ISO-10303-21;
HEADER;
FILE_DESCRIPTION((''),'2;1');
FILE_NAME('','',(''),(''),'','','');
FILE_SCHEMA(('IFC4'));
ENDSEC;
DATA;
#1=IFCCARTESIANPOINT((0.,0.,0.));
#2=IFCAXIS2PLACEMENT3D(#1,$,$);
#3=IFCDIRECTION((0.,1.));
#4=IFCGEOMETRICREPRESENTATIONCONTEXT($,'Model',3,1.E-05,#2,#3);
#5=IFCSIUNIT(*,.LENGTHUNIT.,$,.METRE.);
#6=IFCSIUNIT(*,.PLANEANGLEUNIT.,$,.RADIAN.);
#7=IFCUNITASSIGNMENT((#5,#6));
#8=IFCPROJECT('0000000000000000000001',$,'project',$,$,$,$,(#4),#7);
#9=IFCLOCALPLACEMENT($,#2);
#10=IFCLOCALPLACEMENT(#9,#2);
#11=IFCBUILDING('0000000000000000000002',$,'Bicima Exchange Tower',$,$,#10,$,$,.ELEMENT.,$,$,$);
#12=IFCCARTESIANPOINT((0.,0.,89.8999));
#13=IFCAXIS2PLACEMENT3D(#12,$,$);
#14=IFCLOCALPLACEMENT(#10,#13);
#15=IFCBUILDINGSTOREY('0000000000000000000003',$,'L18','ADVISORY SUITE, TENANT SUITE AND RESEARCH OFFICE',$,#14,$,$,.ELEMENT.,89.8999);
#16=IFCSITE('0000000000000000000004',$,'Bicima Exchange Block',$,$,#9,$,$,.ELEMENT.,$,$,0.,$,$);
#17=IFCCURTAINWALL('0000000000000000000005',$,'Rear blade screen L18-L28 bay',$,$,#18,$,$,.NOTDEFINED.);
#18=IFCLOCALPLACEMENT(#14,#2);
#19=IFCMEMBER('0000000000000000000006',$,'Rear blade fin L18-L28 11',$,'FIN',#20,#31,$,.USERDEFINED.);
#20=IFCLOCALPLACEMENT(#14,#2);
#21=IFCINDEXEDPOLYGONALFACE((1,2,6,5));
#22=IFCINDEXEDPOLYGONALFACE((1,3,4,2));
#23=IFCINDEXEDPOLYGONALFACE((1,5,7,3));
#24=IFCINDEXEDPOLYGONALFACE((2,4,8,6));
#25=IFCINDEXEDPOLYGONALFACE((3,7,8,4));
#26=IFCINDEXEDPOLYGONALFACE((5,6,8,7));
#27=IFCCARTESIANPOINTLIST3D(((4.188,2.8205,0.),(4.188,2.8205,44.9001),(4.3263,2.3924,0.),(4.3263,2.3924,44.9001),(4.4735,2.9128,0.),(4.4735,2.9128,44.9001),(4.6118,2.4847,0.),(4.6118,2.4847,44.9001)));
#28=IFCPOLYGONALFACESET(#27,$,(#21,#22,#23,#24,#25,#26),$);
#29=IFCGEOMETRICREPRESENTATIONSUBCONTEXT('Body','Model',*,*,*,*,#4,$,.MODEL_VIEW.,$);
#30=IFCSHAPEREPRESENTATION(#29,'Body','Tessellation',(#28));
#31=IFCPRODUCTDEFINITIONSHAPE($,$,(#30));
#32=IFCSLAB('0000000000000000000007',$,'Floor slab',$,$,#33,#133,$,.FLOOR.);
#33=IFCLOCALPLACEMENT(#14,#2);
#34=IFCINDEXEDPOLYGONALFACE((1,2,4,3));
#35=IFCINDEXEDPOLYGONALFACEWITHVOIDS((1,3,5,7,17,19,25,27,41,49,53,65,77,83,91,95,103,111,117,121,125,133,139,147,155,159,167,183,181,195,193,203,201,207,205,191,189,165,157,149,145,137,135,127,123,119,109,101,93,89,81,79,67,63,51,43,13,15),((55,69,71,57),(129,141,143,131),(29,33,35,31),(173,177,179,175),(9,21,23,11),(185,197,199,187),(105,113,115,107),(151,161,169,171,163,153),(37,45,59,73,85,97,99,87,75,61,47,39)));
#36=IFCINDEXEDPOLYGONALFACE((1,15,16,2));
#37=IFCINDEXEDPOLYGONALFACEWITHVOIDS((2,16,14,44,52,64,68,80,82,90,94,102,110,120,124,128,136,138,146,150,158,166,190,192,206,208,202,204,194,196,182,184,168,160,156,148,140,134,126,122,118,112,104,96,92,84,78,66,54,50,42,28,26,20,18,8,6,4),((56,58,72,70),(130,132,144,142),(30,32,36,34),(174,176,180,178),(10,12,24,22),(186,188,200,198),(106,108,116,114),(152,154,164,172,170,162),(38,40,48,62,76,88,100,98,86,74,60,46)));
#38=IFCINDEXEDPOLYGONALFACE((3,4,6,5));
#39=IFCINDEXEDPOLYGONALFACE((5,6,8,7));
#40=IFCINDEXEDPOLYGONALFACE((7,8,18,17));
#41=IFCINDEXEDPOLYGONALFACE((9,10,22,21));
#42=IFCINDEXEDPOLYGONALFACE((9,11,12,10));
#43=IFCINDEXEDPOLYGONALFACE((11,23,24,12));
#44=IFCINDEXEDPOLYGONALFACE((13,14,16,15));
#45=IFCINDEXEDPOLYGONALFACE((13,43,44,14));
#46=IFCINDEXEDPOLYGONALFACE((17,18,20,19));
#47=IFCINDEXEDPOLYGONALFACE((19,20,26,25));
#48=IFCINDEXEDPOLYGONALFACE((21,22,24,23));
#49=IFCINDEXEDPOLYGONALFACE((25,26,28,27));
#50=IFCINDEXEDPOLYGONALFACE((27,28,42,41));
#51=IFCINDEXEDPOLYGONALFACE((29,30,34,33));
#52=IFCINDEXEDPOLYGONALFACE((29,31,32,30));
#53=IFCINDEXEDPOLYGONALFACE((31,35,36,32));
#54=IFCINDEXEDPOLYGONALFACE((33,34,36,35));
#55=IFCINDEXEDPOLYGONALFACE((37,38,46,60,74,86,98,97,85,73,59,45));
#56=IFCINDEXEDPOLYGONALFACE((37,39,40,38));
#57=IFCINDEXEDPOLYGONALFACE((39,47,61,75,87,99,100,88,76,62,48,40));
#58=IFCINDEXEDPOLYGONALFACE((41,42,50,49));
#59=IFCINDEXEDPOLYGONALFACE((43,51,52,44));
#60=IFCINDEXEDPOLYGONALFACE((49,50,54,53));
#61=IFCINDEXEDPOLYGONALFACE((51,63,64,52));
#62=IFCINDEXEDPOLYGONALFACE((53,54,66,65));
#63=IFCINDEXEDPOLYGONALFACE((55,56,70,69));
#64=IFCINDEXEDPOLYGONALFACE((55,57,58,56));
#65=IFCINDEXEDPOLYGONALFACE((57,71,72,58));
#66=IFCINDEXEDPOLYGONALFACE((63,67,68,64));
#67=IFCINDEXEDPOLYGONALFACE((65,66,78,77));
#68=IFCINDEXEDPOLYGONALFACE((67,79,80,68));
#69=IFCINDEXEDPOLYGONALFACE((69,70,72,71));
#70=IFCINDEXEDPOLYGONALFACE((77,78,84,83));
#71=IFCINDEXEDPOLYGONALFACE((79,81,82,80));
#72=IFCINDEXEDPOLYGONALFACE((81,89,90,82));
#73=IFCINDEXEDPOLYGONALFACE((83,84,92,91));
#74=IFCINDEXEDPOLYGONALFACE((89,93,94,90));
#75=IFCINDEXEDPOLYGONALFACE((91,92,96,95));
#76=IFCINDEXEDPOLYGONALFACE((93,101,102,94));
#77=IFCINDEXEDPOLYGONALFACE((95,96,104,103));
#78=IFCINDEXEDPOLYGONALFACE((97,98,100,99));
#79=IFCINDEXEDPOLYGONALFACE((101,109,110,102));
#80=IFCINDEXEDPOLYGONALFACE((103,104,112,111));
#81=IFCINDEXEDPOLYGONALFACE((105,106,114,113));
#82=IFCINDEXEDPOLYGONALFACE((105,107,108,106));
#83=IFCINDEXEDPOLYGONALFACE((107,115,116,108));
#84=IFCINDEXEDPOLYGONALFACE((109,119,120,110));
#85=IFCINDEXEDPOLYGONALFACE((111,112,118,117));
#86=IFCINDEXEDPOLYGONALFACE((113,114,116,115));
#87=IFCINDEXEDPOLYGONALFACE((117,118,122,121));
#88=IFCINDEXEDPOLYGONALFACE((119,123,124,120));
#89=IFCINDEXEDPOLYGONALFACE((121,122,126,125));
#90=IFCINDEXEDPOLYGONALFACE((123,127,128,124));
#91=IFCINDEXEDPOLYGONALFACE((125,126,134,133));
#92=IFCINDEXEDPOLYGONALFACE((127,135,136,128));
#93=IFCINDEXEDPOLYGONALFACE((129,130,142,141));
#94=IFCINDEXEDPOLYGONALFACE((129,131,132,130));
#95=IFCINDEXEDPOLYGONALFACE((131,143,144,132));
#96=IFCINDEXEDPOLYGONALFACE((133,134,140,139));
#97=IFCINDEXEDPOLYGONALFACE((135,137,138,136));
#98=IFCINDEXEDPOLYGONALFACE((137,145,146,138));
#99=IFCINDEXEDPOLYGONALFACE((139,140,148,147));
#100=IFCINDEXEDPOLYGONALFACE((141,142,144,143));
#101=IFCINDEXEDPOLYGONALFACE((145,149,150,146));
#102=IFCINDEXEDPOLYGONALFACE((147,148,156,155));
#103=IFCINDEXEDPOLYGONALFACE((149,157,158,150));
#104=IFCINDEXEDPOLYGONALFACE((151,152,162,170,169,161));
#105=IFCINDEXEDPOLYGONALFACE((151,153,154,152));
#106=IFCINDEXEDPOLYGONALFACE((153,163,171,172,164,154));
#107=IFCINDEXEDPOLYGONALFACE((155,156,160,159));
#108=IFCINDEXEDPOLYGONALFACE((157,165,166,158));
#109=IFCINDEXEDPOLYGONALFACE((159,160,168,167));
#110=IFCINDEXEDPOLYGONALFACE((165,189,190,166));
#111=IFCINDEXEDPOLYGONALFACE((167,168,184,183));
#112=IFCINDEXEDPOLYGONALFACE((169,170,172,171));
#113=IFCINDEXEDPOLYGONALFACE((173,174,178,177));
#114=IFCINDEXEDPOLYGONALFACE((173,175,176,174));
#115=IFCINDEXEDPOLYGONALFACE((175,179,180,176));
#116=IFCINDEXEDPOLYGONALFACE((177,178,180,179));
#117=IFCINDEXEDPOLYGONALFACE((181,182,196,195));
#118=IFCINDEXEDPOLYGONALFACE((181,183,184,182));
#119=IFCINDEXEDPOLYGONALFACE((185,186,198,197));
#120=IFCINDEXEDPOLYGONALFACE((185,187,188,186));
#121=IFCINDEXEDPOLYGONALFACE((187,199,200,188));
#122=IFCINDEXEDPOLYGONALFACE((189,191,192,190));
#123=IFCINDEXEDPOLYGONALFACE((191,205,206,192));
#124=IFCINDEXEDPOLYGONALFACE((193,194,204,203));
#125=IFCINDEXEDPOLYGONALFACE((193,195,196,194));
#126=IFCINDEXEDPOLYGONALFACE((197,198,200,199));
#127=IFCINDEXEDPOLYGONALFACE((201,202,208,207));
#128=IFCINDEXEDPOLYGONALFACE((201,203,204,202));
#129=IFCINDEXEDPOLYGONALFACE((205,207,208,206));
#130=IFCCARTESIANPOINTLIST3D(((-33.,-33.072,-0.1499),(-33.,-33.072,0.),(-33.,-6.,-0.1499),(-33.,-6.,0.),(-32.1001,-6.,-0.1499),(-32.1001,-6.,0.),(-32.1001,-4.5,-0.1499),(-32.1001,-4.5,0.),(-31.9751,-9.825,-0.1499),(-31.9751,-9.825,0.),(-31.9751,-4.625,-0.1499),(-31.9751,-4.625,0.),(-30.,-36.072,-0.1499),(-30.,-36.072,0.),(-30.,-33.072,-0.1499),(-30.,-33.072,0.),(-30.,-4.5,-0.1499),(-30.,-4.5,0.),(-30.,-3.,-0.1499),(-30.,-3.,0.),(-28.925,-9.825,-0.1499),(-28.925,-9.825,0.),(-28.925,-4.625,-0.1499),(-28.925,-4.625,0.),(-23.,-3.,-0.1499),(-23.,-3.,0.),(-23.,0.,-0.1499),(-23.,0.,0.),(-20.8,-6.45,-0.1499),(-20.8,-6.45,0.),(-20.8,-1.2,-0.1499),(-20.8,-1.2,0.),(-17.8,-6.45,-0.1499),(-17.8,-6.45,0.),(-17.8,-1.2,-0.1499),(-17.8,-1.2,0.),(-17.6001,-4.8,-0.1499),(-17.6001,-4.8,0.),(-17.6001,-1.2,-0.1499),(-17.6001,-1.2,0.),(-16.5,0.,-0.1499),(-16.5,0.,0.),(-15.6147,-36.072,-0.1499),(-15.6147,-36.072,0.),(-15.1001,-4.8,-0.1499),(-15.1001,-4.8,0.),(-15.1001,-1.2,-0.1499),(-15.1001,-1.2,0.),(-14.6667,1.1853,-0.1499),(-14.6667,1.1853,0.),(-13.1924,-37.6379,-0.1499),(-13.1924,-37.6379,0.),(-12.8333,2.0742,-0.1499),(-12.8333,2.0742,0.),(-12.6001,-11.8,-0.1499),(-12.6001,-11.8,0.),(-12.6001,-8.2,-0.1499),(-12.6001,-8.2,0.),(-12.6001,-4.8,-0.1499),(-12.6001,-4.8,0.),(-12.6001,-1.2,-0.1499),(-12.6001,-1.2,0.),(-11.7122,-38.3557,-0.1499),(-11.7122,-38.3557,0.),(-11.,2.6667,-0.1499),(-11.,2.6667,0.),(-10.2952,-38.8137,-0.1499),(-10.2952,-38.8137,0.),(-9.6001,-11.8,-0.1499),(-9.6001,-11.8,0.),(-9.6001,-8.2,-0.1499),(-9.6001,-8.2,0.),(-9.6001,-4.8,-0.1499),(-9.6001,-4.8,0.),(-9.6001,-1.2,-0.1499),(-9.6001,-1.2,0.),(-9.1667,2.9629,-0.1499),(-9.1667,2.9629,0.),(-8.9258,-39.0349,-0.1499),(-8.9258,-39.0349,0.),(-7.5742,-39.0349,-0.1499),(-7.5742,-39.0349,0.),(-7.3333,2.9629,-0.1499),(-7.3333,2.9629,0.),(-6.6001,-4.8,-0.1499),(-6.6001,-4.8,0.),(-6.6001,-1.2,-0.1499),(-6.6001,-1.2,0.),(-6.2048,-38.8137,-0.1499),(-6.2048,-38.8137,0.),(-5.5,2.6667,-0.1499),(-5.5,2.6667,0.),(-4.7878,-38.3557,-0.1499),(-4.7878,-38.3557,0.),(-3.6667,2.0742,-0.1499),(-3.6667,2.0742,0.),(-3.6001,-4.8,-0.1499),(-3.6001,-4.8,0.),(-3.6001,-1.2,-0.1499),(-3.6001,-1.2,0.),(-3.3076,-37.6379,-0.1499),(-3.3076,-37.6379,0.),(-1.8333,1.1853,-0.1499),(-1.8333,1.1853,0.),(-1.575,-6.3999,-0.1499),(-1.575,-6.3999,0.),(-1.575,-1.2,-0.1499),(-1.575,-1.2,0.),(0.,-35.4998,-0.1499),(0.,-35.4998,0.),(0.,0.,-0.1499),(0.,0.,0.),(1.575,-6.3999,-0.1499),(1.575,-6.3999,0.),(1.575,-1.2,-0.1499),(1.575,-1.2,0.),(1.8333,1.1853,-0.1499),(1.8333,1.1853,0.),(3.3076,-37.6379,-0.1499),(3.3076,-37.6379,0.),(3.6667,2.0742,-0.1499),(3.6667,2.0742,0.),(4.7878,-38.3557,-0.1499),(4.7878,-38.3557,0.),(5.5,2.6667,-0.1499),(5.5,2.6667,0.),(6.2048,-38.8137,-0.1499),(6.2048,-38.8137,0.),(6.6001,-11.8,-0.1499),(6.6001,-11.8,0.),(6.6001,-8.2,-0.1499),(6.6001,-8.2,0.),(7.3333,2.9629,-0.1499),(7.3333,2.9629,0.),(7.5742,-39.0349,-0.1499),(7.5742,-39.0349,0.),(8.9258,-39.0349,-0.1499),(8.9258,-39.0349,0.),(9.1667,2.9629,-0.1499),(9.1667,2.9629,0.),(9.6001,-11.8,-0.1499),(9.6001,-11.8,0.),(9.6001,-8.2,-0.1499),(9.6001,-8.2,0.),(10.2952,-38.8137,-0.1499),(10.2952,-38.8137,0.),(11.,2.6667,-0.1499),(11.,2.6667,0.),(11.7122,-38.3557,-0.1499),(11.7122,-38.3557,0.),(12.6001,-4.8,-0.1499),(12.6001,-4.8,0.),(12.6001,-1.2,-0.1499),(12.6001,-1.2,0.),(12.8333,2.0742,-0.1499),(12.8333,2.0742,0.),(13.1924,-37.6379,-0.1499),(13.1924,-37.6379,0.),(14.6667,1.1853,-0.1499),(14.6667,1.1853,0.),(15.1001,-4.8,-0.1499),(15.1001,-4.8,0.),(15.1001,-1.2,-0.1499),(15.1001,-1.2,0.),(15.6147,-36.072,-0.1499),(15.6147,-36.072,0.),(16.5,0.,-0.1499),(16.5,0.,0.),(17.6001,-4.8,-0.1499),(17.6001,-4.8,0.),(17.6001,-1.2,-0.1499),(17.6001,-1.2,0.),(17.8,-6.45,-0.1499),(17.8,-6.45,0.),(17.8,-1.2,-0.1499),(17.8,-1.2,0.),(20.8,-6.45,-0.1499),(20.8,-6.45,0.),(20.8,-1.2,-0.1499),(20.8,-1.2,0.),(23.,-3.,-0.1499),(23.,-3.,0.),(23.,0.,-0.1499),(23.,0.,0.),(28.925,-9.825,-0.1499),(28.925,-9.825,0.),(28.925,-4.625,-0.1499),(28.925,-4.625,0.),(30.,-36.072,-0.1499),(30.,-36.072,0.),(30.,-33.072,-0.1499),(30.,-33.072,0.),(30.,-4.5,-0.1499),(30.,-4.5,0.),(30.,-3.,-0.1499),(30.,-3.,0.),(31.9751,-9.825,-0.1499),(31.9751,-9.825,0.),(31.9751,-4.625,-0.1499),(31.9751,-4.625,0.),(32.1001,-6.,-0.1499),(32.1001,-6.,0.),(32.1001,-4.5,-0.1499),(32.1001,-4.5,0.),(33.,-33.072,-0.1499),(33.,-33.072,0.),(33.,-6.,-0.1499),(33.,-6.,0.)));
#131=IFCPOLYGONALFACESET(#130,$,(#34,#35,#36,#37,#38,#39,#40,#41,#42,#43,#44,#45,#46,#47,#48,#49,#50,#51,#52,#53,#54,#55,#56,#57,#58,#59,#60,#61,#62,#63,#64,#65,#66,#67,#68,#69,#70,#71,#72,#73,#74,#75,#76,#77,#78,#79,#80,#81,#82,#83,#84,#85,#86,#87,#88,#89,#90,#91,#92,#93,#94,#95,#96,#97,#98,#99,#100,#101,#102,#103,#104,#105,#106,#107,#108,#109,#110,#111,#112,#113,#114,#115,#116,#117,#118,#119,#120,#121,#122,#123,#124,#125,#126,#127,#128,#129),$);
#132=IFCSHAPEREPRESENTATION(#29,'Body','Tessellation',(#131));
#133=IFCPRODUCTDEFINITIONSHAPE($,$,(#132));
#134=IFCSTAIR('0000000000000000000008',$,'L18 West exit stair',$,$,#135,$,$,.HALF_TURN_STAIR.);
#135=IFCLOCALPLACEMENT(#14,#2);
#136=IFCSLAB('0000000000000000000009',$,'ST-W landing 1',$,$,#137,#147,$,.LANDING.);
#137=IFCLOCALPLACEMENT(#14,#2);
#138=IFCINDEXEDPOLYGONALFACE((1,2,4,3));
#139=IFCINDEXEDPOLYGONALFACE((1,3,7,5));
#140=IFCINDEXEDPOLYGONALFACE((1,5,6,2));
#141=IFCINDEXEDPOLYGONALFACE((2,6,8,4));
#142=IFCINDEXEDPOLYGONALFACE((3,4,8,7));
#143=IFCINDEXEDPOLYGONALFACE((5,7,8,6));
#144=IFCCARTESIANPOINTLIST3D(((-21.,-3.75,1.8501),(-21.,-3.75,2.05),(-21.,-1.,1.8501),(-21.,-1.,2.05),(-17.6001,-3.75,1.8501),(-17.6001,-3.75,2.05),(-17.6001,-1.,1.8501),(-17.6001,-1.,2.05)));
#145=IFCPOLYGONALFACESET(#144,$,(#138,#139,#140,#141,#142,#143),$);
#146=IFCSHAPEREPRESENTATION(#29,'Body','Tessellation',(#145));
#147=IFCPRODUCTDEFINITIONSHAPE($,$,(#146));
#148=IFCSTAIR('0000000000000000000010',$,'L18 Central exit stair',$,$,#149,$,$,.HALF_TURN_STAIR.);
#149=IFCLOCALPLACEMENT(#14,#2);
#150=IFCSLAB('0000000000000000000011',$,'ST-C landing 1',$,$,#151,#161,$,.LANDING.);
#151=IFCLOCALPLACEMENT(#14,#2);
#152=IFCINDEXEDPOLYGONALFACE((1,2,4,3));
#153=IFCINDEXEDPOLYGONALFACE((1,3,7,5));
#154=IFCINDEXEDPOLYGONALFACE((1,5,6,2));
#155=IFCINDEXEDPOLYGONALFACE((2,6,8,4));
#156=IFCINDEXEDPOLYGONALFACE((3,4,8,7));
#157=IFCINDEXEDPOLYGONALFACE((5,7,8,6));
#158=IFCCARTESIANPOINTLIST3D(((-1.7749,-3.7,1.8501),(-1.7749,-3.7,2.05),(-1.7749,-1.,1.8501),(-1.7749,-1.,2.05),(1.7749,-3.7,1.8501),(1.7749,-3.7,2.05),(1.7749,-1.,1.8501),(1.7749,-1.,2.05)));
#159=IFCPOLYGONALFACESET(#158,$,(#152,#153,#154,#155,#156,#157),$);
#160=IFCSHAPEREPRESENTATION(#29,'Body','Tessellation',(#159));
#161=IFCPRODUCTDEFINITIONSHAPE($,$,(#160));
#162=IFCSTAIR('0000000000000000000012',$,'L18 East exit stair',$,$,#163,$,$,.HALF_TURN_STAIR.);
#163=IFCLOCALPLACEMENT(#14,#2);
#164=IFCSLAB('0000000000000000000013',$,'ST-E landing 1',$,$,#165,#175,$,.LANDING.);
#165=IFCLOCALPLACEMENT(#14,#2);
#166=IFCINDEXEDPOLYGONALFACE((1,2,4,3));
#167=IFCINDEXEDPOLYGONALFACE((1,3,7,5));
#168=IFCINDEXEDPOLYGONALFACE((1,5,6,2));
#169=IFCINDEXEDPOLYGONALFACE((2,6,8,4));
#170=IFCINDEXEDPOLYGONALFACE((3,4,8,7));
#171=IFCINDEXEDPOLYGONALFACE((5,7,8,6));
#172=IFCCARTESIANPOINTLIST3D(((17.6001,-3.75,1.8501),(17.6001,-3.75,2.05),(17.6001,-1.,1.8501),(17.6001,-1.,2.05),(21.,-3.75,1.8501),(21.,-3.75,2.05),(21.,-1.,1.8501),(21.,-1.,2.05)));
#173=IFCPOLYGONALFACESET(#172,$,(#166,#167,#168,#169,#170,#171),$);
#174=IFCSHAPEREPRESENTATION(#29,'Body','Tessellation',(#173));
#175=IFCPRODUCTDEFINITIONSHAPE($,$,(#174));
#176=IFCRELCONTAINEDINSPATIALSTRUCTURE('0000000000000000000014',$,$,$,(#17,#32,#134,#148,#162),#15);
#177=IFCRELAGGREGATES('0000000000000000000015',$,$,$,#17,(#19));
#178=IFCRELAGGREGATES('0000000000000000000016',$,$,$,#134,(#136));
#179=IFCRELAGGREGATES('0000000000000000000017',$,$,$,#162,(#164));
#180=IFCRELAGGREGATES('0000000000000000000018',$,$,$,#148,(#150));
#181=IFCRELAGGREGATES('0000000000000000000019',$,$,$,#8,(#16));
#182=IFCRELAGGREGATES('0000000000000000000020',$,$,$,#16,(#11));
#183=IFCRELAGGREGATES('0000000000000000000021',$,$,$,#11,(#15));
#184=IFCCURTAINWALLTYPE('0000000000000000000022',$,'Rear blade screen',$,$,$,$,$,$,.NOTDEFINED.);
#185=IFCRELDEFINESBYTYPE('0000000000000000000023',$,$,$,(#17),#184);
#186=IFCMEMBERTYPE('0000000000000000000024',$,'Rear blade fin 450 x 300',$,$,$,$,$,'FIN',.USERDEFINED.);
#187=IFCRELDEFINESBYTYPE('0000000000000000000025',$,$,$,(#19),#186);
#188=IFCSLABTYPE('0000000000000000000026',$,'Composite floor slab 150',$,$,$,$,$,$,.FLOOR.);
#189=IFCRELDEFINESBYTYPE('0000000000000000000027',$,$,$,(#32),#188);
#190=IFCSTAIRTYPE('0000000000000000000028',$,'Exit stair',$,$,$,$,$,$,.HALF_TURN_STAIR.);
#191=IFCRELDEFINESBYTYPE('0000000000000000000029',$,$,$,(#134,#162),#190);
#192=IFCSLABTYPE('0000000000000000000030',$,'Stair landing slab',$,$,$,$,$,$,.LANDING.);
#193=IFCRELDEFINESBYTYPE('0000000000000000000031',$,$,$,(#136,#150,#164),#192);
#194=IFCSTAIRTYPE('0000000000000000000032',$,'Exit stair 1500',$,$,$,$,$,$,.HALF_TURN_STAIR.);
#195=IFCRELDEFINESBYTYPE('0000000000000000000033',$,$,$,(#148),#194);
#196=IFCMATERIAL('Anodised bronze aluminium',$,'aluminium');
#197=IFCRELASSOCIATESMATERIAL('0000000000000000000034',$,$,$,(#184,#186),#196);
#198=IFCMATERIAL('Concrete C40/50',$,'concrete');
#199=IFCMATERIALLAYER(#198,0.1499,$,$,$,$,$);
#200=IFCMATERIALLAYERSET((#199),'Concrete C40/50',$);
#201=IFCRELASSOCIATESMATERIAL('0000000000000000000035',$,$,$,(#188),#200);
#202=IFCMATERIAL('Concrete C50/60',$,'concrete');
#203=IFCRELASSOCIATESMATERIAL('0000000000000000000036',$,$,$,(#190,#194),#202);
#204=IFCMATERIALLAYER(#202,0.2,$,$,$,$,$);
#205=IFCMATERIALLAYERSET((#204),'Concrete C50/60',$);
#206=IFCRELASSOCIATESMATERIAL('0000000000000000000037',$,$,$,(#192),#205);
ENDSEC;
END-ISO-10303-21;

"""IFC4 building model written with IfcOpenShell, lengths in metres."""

from ifc_helpers import new_model, si_unit, direction, frame, origin, origin_2d, place, context, subcontext, project, spatial, polyline, rectangle, outline, extrude, material, layer, layer_set, material_profile, profile_set, type_object, element, aggregate, save


model = new_model("IFC4")

# Units and contexts
model_context = context("Model", 3, precision=1e-05, world=origin(), true_north=direction((0.0, 1.0)))
body_context = subcontext(model_context, "Body", "Model", "MODEL_VIEW")
ifc_project = project(units=[si_unit("LENGTHUNIT", "METRE"), si_unit("PLANEANGLEUNIT", "RADIAN")], contexts=[model_context])

# Site, building, storey
site_placement = place(None, origin())
site = spatial("IfcSite", under=ifc_project, at=site_placement, Name="Bicima Exchange Block", CompositionType="ELEMENT", RefElevation=0.0)
building_placement = place(site_placement, origin())
building = spatial("IfcBuilding", under=site, at=building_placement, Name="Bicima Exchange Tower", CompositionType="ELEMENT")
storey_placement = place(building_placement, frame((0.0, 0.0, 89.8999)))
storey = spatial("IfcBuildingStorey", under=building, at=storey_placement, Name="L18", Description="ADVISORY SUITE, TENANT SUITE AND RESEARCH OFFICE", CompositionType="ELEMENT", Elevation=89.8999)

# Curtain wall, member
ifc_material_1 = material(Name="Anodised bronze aluminium", Category="aluminium")
curtain_wall_type = type_object("IfcCurtainWallType", Name="Rear blade screen", PredefinedType="NOTDEFINED", material=ifc_material_1)
curtain_wall_placement = place(storey_placement, origin())
curtain_wall = element("IfcCurtainWall", 1, at=curtain_wall_placement, inside=storey, type_object=curtain_wall_type, Name="Rear blade screen L18-L28 bay", PredefinedType="NOTDEFINED")
ifc_material_profile = material_profile(ifc_material_1, rectangle(XDim=0.45, YDim=0.3, at=origin_2d()))
ifc_profile_set = profile_set([ifc_material_profile], Name="Anodised bronze aluminium")
member_type = type_object("IfcMemberType", Name="Rear blade fin 450 x 300", ElementType="FIN", PredefinedType="USERDEFINED", material=ifc_profile_set)
member_placement = place(storey_placement, frame((4.3999, 2.6526, 0.0), z_axis=(0.0, 0.0, 1.0), x_axis=(-0.307568, 0.951526, 0.0)))
member = element("IfcMember", 2, at=member_placement, type_object=member_type, Name="Rear blade fin L18-L28 11", ObjectType="FIN", PredefinedType="USERDEFINED", context=body_context, shape_type="SweptSolid", body=[
    extrude(rectangle(XDim=0.45, YDim=0.3, at=origin_2d()), origin(), (0.0, 0.0, 1.0), 44.9001),
])
aggregate(curtain_wall, [member])

# Slab
ifc_material_2 = material(Name="Concrete C40/50", Category="concrete")
ifc_layer_1 = layer(ifc_material_2, 0.1499)
ifc_layer_set_1 = layer_set([ifc_layer_1], Name="Concrete C40/50")
slab_type_1 = type_object("IfcSlabType", Name="Composite floor slab 150", PredefinedType="FLOOR", material=ifc_layer_set_1)
slab_1_placement = place(storey_placement, frame((0.0, 0.0, -0.1499)))
element("IfcSlab", 3, at=slab_1_placement, inside=storey, type_object=slab_type_1, Name="Floor slab", PredefinedType="FLOOR", context=body_context, shape_type="SweptSolid", body=[
    extrude(outline(polyline([(30.0, -36.072), (15.6147, -36.072), (13.1924, -37.6379), (11.7122, -38.3557), (10.2952, -38.8137), (8.9258, -39.0349), (7.5742, -39.0349), (6.2048, -38.8137), (4.7878, -38.3557), (3.3076, -37.6379), (0.0, -35.4998), (-3.3076, -37.6379), (-4.7878, -38.3557), (-6.2048, -38.8137), (-7.5742, -39.0349), (-8.9258, -39.0349), (-10.2952, -38.8137), (-11.7122, -38.3557), (-13.1924, -37.6379), (-15.6147, -36.072), (-30.0, -36.072), (-30.0, -33.072), (-33.0, -33.072), (-33.0, -6.0), (-32.1001, -6.0), (-32.1001, -4.5), (-30.0, -4.5), (-30.0, -3.0), (-23.0, -3.0), (-23.0, 0.0), (-16.5, 0.0), (-14.6667, 1.1853), (-12.8333, 2.0742), (-11.0, 2.6667), (-9.1667, 2.9629), (-7.3333, 2.9629), (-5.5, 2.6667), (-3.6667, 2.0742), (-1.8333, 1.1853), (0.0, 0.0), (1.8333, 1.1853), (3.6667, 2.0742), (5.5, 2.6667), (7.3333, 2.9629), (9.1667, 2.9629), (11.0, 2.6667), (12.8333, 2.0742), (14.6667, 1.1853), (16.5, 0.0), (23.0, 0.0), (23.0, -3.0), (30.0, -3.0), (30.0, -4.5), (32.1001, -4.5), (32.1001, -6.0), (33.0, -6.0), (33.0, -33.072), (30.0, -33.072), (30.0, -36.072)]), holes=[polyline([(-9.6001, -11.8), (-9.6001, -8.2), (-12.6001, -8.2), (-12.6001, -11.8), (-9.6001, -11.8)]), polyline([(-31.9751, -9.825), (-28.925, -9.825), (-28.925, -4.625), (-31.9751, -4.625), (-31.9751, -9.825)]), polyline([(-20.8, -6.45), (-17.8, -6.45), (-17.8, -1.2), (-20.8, -1.2), (-20.8, -6.45)]), polyline([(-9.6001, -1.2), (-12.6001, -1.2), (-15.1001, -1.2), (-17.6001, -1.2), (-17.6001, -4.8), (-15.1001, -4.8), (-12.6001, -4.8), (-9.6001, -4.8), (-6.6001, -4.8), (-3.6001, -4.8), (-3.6001, -1.2), (-6.6001, -1.2), (-9.6001, -1.2)]), polyline([(9.6001, -11.8), (9.6001, -8.2), (6.6001, -8.2), (6.6001, -11.8), (9.6001, -11.8)]), polyline([(28.925, -9.825), (31.9751, -9.825), (31.9751, -4.625), (28.925, -4.625), (28.925, -9.825)]), polyline([(17.8, -6.45), (20.8, -6.45), (20.8, -1.2), (17.8, -1.2), (17.8, -6.45)]), polyline([(-1.575, -6.3999), (1.575, -6.3999), (1.575, -1.2), (-1.575, -1.2), (-1.575, -6.3999)]), polyline([(17.6001, -4.8), (17.6001, -1.2), (15.1001, -1.2), (12.6001, -1.2), (12.6001, -4.8), (15.1001, -4.8), (17.6001, -4.8)])]), origin(), (0.0, 0.0, 1.0), 0.1499),
])

# Stairs, slabs
ifc_material_3 = material(Name="Concrete C50/60", Category="concrete")
stair_type_1 = type_object("IfcStairType", Name="Exit stair", PredefinedType="HALF_TURN_STAIR", material=ifc_material_3)
stair_1_placement = place(storey_placement, origin())
stair_1 = element("IfcStair", 4, at=stair_1_placement, inside=storey, type_object=stair_type_1, Name="L18 West exit stair", PredefinedType="HALF_TURN_STAIR")
ifc_layer_2 = layer(ifc_material_3, 0.2)
ifc_layer_set_2 = layer_set([ifc_layer_2], Name="Concrete C50/60")
slab_type_2 = type_object("IfcSlabType", Name="Stair landing slab", PredefinedType="LANDING", material=ifc_layer_set_2)
slab_2_placement = place(storey_placement, frame((0.0, 0.0, 1.8501)))
slab_2 = element("IfcSlab", 5, at=slab_2_placement, type_object=slab_type_2, Name="ST-W landing 1", PredefinedType="LANDING", context=body_context, shape_type="SweptSolid", body=[
    extrude(outline(polyline([(-17.6001, -3.75), (-17.6001, -1.0), (-21.0, -1.0), (-21.0, -3.75), (-17.6001, -3.75)])), origin(), (0.0, 0.0, 1.0), 0.2),
])
aggregate(stair_1, [slab_2])
stair_type_2 = type_object("IfcStairType", Name="Exit stair 1500", PredefinedType="HALF_TURN_STAIR", material=ifc_material_3)
stair_2_placement = place(storey_placement, origin())
stair_2 = element("IfcStair", 6, at=stair_2_placement, inside=storey, type_object=stair_type_2, Name="L18 Central exit stair", PredefinedType="HALF_TURN_STAIR")
slab_3_placement = place(storey_placement, frame((0.0, 0.0, 1.8501)))
slab_3 = element("IfcSlab", 7, at=slab_3_placement, type_object=slab_type_2, Name="ST-C landing 1", PredefinedType="LANDING", context=body_context, shape_type="SweptSolid", body=[
    extrude(outline(polyline([(1.7749, -3.7), (1.7749, -1.0), (-1.7749, -1.0), (-1.7749, -3.7), (1.7749, -3.7)])), origin(), (0.0, 0.0, 1.0), 0.2),
])
stair_3_placement = place(storey_placement, origin())
stair_3 = element("IfcStair", 8, at=stair_3_placement, inside=storey, type_object=stair_type_1, Name="L18 East exit stair", PredefinedType="HALF_TURN_STAIR")
slab_4_placement = place(storey_placement, frame((0.0, 0.0, 1.8501)))
slab_4 = element("IfcSlab", 9, at=slab_4_placement, type_object=slab_type_2, Name="ST-E landing 1", PredefinedType="LANDING", context=body_context, shape_type="SweptSolid", body=[
    extrude(outline(polyline([(21.0, -3.75), (21.0, -1.0), (17.6001, -1.0), (17.6001, -3.75), (21.0, -3.75)])), origin(), (0.0, 0.0, 1.0), 0.2),
])
aggregate(stair_3, [slab_4])

aggregate(stair_2, [slab_3])

save(model, "model.ifc")
